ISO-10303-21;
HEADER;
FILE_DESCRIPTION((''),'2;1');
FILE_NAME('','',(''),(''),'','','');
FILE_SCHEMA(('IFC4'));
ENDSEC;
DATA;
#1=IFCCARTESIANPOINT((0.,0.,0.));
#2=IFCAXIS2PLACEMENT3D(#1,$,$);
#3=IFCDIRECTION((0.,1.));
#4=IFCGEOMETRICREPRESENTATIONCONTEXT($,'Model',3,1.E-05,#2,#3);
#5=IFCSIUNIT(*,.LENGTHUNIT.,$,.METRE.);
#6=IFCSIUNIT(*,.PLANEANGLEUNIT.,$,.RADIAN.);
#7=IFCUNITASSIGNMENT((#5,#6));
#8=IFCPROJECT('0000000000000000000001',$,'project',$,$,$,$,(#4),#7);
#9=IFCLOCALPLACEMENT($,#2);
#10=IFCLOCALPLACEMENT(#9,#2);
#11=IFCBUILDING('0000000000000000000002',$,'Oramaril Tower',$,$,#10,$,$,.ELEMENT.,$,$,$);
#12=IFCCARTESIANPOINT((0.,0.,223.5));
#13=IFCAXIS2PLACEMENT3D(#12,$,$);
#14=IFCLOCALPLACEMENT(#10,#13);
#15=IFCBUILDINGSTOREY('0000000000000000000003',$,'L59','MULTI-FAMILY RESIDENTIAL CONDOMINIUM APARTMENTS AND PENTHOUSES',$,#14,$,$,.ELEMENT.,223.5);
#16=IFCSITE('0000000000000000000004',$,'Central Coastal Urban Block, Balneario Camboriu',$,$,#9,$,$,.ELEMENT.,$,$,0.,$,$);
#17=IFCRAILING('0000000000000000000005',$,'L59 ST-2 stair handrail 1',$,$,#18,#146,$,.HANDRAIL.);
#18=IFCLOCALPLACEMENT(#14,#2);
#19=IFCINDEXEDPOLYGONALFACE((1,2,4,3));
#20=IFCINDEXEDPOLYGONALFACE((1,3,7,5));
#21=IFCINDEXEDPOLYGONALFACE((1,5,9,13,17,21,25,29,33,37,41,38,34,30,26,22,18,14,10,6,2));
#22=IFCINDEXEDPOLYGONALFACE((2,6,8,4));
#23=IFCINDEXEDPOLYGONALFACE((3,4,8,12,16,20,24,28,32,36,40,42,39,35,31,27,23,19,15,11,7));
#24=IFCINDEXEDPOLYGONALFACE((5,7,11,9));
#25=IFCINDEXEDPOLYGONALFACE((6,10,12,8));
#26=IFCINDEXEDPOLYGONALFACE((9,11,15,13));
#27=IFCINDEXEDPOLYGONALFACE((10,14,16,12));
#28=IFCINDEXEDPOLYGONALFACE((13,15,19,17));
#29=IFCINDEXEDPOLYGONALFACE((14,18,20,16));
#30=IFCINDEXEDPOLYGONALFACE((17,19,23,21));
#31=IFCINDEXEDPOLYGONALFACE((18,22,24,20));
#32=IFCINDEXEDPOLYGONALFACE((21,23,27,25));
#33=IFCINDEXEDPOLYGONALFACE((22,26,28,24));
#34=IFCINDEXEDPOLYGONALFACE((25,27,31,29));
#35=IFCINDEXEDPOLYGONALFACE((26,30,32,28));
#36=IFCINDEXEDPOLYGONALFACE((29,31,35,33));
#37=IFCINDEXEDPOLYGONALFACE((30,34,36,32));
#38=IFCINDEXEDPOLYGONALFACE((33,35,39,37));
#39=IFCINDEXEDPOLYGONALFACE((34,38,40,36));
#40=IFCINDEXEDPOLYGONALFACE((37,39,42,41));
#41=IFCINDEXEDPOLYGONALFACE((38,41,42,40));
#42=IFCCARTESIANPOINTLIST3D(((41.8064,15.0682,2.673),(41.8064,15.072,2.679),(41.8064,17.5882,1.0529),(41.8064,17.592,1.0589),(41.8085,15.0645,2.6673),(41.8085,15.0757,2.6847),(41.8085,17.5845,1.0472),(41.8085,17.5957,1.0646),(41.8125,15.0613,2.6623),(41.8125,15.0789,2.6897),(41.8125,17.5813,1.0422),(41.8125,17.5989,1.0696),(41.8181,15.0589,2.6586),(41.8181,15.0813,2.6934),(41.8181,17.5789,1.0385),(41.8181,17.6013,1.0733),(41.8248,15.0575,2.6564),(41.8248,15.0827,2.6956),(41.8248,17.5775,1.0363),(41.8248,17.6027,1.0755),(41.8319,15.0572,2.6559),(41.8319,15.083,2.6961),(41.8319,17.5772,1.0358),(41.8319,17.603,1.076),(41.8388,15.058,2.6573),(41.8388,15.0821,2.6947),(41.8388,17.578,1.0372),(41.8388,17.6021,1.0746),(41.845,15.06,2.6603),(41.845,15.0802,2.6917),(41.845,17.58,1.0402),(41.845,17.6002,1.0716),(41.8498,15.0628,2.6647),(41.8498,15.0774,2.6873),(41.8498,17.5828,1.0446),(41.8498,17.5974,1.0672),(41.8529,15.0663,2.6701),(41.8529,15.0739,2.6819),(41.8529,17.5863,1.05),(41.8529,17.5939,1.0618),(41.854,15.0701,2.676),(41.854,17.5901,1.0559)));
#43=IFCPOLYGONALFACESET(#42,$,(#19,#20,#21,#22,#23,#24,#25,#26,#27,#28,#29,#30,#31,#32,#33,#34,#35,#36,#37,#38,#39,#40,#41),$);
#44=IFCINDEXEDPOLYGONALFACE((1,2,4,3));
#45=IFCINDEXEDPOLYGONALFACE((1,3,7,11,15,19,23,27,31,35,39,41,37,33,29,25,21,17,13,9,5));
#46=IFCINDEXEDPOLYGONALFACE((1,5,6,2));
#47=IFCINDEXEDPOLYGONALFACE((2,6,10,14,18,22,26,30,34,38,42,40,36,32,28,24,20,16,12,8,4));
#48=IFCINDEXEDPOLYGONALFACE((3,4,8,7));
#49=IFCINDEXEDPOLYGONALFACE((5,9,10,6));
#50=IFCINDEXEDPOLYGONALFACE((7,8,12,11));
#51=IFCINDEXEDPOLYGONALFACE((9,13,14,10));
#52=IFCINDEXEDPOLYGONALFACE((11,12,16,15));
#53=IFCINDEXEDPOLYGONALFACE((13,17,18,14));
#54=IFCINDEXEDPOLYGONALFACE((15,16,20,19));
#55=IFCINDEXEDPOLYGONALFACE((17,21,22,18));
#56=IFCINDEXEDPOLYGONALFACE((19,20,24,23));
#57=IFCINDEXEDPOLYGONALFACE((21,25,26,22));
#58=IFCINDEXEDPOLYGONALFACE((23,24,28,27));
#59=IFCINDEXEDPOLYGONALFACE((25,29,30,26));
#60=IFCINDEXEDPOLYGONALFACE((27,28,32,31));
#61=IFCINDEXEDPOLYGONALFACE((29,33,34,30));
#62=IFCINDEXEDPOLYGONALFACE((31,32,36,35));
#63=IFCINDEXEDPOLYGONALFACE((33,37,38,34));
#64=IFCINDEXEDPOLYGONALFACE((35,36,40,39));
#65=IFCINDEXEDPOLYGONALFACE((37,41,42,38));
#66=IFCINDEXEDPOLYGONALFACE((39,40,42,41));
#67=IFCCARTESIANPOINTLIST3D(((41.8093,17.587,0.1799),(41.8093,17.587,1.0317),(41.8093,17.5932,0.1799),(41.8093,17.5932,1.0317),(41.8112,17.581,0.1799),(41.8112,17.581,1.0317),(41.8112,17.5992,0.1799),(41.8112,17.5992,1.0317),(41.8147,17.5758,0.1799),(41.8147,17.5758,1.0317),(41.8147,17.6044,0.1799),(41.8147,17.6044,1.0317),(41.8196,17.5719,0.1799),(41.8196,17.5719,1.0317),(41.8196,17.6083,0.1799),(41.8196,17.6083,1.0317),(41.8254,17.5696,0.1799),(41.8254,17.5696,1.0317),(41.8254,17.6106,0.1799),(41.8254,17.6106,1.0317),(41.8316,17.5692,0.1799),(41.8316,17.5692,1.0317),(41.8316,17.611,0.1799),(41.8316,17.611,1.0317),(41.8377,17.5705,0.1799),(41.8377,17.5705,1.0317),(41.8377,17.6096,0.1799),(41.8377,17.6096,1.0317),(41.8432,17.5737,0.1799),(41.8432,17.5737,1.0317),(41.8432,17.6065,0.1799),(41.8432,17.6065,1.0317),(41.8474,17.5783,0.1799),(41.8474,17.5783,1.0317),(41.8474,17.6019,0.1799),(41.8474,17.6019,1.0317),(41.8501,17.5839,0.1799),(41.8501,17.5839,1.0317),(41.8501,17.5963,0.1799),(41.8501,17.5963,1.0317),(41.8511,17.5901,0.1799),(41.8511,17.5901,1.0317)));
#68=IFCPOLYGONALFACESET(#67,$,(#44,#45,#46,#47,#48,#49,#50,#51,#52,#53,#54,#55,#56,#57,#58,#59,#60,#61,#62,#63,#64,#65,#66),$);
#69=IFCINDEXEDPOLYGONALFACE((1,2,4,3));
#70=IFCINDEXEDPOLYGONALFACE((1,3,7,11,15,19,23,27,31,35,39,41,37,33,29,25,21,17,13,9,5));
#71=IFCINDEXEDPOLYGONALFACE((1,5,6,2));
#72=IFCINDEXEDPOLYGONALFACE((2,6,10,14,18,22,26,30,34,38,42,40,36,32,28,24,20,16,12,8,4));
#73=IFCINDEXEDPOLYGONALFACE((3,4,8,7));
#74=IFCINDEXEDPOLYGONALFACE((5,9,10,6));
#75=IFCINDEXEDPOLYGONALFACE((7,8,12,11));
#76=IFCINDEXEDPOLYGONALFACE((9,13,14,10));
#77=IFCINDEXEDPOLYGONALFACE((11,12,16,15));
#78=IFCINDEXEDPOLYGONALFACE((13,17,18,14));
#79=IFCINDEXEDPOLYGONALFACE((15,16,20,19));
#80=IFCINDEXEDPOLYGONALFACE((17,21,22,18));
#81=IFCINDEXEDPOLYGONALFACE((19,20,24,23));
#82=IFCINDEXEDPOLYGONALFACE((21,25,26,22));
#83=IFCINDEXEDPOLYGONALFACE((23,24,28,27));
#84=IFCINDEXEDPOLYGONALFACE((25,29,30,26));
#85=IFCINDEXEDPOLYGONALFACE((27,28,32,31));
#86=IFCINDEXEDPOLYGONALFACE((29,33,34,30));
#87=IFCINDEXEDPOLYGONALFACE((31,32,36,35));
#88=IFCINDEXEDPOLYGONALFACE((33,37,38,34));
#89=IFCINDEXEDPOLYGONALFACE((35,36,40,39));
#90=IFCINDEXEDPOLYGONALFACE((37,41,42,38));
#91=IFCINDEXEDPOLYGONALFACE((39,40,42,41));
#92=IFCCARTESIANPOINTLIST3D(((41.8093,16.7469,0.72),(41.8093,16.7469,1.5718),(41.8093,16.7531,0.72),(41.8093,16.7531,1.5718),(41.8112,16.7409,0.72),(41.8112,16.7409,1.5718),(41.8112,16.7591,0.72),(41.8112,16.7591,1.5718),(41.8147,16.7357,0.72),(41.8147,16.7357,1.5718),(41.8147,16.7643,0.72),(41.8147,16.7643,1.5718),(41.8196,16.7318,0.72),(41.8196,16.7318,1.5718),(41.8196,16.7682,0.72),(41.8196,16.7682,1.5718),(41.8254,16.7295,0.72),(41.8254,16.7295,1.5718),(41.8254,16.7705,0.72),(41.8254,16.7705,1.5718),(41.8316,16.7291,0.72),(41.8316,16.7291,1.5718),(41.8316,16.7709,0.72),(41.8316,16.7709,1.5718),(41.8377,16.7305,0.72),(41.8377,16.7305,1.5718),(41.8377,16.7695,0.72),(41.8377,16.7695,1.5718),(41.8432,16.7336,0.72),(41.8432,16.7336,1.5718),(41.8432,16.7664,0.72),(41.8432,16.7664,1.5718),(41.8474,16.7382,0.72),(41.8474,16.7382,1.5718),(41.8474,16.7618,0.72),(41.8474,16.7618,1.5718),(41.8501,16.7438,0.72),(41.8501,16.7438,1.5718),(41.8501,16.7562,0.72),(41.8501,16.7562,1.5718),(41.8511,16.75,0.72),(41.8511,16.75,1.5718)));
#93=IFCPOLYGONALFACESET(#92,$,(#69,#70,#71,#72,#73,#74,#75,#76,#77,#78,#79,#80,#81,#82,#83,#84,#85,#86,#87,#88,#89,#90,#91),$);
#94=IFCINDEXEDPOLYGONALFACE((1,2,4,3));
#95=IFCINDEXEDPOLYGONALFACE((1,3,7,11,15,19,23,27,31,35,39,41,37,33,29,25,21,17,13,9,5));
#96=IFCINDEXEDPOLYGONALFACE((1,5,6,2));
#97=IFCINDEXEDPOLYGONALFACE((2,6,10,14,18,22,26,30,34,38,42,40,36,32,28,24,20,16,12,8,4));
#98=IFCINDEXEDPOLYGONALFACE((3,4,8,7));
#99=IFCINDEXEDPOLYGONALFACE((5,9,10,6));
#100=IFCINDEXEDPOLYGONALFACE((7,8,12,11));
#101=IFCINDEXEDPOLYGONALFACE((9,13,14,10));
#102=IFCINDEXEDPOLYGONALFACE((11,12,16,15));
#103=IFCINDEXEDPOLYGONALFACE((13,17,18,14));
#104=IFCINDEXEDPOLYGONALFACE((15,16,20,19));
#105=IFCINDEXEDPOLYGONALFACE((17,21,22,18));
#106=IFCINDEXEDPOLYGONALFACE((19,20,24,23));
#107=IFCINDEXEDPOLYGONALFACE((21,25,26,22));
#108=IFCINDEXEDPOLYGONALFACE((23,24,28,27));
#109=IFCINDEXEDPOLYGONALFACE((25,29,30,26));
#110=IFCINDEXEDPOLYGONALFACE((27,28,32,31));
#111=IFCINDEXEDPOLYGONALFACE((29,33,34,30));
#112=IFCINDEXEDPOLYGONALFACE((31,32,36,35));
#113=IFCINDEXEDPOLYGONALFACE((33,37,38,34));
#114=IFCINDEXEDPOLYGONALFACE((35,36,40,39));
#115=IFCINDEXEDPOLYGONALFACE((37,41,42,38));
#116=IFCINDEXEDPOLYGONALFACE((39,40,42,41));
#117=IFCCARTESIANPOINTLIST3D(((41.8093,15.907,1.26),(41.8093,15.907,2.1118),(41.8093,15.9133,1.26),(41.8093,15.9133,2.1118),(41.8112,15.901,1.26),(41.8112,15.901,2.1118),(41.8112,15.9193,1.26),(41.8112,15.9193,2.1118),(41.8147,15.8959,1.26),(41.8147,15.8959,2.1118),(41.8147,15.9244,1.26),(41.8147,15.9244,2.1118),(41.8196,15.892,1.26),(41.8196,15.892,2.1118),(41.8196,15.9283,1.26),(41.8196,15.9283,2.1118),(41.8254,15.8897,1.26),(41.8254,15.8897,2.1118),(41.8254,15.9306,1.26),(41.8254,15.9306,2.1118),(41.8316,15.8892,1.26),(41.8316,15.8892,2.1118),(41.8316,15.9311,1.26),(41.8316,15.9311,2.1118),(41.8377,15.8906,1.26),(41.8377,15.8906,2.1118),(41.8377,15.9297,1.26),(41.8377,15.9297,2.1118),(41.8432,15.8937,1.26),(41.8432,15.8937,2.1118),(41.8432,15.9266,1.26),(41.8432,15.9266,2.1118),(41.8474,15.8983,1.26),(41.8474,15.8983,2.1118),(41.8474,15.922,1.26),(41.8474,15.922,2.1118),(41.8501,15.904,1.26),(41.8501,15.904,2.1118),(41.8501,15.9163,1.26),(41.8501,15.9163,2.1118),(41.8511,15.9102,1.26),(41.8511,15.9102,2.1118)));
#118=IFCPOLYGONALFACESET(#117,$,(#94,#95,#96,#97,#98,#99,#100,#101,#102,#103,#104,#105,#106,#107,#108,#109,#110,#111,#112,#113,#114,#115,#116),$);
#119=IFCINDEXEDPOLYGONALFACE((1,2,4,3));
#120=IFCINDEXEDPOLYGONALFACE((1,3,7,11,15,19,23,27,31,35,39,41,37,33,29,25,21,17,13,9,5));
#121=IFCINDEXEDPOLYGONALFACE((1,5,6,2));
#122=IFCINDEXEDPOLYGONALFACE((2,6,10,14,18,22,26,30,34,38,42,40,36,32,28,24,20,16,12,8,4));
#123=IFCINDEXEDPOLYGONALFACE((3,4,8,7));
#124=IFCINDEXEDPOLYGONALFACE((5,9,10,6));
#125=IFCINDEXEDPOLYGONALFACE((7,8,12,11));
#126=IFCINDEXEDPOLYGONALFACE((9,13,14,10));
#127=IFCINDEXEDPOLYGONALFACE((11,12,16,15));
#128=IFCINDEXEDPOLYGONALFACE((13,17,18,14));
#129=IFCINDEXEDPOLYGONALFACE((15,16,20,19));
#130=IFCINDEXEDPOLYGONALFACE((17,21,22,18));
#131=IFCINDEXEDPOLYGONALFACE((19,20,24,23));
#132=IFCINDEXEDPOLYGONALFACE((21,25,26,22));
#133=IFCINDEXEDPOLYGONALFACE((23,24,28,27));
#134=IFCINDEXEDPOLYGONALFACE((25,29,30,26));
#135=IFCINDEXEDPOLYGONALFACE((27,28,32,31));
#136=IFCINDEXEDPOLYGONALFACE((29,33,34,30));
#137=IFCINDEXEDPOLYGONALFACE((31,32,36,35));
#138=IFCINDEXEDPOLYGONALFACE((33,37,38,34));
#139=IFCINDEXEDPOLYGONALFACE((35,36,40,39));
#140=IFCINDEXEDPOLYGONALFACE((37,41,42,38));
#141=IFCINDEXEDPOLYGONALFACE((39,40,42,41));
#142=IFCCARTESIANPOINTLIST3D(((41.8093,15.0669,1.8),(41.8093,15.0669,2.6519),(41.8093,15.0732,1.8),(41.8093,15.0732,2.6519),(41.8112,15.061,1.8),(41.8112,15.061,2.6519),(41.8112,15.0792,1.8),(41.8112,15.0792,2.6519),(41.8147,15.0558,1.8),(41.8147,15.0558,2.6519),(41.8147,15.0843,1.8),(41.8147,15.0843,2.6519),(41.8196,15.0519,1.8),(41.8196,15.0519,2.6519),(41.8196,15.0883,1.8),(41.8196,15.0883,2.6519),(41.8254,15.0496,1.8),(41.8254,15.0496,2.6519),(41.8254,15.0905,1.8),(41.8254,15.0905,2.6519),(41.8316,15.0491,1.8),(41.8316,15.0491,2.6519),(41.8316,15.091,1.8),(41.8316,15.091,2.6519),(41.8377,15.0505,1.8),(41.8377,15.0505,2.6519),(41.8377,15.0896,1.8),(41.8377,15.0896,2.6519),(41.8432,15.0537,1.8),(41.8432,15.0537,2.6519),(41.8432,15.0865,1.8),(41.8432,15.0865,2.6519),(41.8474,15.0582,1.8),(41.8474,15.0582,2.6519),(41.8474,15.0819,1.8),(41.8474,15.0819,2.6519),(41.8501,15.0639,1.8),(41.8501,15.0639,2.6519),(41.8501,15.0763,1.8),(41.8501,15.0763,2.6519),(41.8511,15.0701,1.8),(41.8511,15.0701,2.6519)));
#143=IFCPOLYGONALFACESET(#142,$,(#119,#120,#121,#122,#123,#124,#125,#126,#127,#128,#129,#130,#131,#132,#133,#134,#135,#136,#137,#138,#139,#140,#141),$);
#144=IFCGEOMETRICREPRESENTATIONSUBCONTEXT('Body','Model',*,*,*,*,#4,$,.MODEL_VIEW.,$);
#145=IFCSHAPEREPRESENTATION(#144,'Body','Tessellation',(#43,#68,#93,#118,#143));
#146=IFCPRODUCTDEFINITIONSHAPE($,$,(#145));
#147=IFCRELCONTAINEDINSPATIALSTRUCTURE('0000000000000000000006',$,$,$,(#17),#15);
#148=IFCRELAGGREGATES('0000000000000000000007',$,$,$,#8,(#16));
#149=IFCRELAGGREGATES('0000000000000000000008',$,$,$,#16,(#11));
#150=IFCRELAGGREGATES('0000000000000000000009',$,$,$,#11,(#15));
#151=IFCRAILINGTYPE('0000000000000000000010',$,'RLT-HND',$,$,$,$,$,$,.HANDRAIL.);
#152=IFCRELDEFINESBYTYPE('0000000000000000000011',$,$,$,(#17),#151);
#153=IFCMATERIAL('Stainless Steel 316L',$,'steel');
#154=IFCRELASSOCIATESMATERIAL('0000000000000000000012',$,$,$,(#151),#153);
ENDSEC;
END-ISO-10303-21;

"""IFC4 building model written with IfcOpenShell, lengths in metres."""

from ifc_helpers import new_model, si_unit, direction, frame, origin, origin_2d, place, context, subcontext, project, spatial, circle, extrude, material, type_object, element, save


model = new_model("IFC4")

# Units and contexts
model_context = context("Model", 3, precision=1e-05, world=origin(), true_north=direction((0.0, 1.0)))
body_context = subcontext(model_context, "Body", "Model", "MODEL_VIEW")
ifc_project = project(units=[si_unit("LENGTHUNIT", "METRE"), si_unit("PLANEANGLEUNIT", "RADIAN")], contexts=[model_context])

# Site, building, storey
site_placement = place(None, origin())
site = spatial("IfcSite", under=ifc_project, at=site_placement, Name="Central Coastal Urban Block, Balneario Camboriu", CompositionType="ELEMENT", RefElevation=0.0)
building_placement = place(site_placement, origin())
building = spatial("IfcBuilding", under=site, at=building_placement, Name="Oramaril Tower", CompositionType="ELEMENT")
storey_placement = place(building_placement, frame((0.0, 0.0, 223.5)))
storey = spatial("IfcBuildingStorey", under=building, at=storey_placement, Name="L59", Description="MULTI-FAMILY RESIDENTIAL CONDOMINIUM APARTMENTS AND PENTHOUSES", CompositionType="ELEMENT", Elevation=223.5)

# Railing
ifc_material_1 = material(Name="Stainless Steel 316L", Category="steel")
railing_type_1 = type_object("IfcRailingType", Name="RLT-HND", PredefinedType="HANDRAIL", material=ifc_material_1)
railing_1_placement = place(storey_placement, frame((41.8301, 17.5901, 0.1799)))
element("IfcRailing", 1, at=railing_1_placement, inside=storey, type_object=railing_type_1, Name="L59 ST-2 stair handrail 1", PredefinedType="HANDRAIL", context=body_context, shape_type="SweptSolid", body=[
    extrude(circle(Radius=0.0239, at=origin_2d()), frame((0.0, 0.0, 0.876), z_axis=(0.0, -0.841163, 0.540782), x_axis=(1.0, 0.0, 0.0)), (0.0, 0.0, 1.0), 2.9958),
    extrude(circle(Radius=0.021, at=origin_2d()), origin(), (0.0, 0.0, 1.0), 0.8518),
    extrude(circle(Radius=0.021, at=origin_2d()), frame((0.0, -0.8401, 0.54)), (0.0, 0.0, 1.0), 0.8518),
    extrude(circle(Radius=0.021, at=origin_2d()), frame((0.0, -1.6799, 1.0801)), (0.0, 0.0, 1.0), 0.8518),
    extrude(circle(Radius=0.021, at=origin_2d()), frame((0.0, -2.52, 1.6201)), (0.0, 0.0, 1.0), 0.8518),
])

save(model, "model.ifc")
